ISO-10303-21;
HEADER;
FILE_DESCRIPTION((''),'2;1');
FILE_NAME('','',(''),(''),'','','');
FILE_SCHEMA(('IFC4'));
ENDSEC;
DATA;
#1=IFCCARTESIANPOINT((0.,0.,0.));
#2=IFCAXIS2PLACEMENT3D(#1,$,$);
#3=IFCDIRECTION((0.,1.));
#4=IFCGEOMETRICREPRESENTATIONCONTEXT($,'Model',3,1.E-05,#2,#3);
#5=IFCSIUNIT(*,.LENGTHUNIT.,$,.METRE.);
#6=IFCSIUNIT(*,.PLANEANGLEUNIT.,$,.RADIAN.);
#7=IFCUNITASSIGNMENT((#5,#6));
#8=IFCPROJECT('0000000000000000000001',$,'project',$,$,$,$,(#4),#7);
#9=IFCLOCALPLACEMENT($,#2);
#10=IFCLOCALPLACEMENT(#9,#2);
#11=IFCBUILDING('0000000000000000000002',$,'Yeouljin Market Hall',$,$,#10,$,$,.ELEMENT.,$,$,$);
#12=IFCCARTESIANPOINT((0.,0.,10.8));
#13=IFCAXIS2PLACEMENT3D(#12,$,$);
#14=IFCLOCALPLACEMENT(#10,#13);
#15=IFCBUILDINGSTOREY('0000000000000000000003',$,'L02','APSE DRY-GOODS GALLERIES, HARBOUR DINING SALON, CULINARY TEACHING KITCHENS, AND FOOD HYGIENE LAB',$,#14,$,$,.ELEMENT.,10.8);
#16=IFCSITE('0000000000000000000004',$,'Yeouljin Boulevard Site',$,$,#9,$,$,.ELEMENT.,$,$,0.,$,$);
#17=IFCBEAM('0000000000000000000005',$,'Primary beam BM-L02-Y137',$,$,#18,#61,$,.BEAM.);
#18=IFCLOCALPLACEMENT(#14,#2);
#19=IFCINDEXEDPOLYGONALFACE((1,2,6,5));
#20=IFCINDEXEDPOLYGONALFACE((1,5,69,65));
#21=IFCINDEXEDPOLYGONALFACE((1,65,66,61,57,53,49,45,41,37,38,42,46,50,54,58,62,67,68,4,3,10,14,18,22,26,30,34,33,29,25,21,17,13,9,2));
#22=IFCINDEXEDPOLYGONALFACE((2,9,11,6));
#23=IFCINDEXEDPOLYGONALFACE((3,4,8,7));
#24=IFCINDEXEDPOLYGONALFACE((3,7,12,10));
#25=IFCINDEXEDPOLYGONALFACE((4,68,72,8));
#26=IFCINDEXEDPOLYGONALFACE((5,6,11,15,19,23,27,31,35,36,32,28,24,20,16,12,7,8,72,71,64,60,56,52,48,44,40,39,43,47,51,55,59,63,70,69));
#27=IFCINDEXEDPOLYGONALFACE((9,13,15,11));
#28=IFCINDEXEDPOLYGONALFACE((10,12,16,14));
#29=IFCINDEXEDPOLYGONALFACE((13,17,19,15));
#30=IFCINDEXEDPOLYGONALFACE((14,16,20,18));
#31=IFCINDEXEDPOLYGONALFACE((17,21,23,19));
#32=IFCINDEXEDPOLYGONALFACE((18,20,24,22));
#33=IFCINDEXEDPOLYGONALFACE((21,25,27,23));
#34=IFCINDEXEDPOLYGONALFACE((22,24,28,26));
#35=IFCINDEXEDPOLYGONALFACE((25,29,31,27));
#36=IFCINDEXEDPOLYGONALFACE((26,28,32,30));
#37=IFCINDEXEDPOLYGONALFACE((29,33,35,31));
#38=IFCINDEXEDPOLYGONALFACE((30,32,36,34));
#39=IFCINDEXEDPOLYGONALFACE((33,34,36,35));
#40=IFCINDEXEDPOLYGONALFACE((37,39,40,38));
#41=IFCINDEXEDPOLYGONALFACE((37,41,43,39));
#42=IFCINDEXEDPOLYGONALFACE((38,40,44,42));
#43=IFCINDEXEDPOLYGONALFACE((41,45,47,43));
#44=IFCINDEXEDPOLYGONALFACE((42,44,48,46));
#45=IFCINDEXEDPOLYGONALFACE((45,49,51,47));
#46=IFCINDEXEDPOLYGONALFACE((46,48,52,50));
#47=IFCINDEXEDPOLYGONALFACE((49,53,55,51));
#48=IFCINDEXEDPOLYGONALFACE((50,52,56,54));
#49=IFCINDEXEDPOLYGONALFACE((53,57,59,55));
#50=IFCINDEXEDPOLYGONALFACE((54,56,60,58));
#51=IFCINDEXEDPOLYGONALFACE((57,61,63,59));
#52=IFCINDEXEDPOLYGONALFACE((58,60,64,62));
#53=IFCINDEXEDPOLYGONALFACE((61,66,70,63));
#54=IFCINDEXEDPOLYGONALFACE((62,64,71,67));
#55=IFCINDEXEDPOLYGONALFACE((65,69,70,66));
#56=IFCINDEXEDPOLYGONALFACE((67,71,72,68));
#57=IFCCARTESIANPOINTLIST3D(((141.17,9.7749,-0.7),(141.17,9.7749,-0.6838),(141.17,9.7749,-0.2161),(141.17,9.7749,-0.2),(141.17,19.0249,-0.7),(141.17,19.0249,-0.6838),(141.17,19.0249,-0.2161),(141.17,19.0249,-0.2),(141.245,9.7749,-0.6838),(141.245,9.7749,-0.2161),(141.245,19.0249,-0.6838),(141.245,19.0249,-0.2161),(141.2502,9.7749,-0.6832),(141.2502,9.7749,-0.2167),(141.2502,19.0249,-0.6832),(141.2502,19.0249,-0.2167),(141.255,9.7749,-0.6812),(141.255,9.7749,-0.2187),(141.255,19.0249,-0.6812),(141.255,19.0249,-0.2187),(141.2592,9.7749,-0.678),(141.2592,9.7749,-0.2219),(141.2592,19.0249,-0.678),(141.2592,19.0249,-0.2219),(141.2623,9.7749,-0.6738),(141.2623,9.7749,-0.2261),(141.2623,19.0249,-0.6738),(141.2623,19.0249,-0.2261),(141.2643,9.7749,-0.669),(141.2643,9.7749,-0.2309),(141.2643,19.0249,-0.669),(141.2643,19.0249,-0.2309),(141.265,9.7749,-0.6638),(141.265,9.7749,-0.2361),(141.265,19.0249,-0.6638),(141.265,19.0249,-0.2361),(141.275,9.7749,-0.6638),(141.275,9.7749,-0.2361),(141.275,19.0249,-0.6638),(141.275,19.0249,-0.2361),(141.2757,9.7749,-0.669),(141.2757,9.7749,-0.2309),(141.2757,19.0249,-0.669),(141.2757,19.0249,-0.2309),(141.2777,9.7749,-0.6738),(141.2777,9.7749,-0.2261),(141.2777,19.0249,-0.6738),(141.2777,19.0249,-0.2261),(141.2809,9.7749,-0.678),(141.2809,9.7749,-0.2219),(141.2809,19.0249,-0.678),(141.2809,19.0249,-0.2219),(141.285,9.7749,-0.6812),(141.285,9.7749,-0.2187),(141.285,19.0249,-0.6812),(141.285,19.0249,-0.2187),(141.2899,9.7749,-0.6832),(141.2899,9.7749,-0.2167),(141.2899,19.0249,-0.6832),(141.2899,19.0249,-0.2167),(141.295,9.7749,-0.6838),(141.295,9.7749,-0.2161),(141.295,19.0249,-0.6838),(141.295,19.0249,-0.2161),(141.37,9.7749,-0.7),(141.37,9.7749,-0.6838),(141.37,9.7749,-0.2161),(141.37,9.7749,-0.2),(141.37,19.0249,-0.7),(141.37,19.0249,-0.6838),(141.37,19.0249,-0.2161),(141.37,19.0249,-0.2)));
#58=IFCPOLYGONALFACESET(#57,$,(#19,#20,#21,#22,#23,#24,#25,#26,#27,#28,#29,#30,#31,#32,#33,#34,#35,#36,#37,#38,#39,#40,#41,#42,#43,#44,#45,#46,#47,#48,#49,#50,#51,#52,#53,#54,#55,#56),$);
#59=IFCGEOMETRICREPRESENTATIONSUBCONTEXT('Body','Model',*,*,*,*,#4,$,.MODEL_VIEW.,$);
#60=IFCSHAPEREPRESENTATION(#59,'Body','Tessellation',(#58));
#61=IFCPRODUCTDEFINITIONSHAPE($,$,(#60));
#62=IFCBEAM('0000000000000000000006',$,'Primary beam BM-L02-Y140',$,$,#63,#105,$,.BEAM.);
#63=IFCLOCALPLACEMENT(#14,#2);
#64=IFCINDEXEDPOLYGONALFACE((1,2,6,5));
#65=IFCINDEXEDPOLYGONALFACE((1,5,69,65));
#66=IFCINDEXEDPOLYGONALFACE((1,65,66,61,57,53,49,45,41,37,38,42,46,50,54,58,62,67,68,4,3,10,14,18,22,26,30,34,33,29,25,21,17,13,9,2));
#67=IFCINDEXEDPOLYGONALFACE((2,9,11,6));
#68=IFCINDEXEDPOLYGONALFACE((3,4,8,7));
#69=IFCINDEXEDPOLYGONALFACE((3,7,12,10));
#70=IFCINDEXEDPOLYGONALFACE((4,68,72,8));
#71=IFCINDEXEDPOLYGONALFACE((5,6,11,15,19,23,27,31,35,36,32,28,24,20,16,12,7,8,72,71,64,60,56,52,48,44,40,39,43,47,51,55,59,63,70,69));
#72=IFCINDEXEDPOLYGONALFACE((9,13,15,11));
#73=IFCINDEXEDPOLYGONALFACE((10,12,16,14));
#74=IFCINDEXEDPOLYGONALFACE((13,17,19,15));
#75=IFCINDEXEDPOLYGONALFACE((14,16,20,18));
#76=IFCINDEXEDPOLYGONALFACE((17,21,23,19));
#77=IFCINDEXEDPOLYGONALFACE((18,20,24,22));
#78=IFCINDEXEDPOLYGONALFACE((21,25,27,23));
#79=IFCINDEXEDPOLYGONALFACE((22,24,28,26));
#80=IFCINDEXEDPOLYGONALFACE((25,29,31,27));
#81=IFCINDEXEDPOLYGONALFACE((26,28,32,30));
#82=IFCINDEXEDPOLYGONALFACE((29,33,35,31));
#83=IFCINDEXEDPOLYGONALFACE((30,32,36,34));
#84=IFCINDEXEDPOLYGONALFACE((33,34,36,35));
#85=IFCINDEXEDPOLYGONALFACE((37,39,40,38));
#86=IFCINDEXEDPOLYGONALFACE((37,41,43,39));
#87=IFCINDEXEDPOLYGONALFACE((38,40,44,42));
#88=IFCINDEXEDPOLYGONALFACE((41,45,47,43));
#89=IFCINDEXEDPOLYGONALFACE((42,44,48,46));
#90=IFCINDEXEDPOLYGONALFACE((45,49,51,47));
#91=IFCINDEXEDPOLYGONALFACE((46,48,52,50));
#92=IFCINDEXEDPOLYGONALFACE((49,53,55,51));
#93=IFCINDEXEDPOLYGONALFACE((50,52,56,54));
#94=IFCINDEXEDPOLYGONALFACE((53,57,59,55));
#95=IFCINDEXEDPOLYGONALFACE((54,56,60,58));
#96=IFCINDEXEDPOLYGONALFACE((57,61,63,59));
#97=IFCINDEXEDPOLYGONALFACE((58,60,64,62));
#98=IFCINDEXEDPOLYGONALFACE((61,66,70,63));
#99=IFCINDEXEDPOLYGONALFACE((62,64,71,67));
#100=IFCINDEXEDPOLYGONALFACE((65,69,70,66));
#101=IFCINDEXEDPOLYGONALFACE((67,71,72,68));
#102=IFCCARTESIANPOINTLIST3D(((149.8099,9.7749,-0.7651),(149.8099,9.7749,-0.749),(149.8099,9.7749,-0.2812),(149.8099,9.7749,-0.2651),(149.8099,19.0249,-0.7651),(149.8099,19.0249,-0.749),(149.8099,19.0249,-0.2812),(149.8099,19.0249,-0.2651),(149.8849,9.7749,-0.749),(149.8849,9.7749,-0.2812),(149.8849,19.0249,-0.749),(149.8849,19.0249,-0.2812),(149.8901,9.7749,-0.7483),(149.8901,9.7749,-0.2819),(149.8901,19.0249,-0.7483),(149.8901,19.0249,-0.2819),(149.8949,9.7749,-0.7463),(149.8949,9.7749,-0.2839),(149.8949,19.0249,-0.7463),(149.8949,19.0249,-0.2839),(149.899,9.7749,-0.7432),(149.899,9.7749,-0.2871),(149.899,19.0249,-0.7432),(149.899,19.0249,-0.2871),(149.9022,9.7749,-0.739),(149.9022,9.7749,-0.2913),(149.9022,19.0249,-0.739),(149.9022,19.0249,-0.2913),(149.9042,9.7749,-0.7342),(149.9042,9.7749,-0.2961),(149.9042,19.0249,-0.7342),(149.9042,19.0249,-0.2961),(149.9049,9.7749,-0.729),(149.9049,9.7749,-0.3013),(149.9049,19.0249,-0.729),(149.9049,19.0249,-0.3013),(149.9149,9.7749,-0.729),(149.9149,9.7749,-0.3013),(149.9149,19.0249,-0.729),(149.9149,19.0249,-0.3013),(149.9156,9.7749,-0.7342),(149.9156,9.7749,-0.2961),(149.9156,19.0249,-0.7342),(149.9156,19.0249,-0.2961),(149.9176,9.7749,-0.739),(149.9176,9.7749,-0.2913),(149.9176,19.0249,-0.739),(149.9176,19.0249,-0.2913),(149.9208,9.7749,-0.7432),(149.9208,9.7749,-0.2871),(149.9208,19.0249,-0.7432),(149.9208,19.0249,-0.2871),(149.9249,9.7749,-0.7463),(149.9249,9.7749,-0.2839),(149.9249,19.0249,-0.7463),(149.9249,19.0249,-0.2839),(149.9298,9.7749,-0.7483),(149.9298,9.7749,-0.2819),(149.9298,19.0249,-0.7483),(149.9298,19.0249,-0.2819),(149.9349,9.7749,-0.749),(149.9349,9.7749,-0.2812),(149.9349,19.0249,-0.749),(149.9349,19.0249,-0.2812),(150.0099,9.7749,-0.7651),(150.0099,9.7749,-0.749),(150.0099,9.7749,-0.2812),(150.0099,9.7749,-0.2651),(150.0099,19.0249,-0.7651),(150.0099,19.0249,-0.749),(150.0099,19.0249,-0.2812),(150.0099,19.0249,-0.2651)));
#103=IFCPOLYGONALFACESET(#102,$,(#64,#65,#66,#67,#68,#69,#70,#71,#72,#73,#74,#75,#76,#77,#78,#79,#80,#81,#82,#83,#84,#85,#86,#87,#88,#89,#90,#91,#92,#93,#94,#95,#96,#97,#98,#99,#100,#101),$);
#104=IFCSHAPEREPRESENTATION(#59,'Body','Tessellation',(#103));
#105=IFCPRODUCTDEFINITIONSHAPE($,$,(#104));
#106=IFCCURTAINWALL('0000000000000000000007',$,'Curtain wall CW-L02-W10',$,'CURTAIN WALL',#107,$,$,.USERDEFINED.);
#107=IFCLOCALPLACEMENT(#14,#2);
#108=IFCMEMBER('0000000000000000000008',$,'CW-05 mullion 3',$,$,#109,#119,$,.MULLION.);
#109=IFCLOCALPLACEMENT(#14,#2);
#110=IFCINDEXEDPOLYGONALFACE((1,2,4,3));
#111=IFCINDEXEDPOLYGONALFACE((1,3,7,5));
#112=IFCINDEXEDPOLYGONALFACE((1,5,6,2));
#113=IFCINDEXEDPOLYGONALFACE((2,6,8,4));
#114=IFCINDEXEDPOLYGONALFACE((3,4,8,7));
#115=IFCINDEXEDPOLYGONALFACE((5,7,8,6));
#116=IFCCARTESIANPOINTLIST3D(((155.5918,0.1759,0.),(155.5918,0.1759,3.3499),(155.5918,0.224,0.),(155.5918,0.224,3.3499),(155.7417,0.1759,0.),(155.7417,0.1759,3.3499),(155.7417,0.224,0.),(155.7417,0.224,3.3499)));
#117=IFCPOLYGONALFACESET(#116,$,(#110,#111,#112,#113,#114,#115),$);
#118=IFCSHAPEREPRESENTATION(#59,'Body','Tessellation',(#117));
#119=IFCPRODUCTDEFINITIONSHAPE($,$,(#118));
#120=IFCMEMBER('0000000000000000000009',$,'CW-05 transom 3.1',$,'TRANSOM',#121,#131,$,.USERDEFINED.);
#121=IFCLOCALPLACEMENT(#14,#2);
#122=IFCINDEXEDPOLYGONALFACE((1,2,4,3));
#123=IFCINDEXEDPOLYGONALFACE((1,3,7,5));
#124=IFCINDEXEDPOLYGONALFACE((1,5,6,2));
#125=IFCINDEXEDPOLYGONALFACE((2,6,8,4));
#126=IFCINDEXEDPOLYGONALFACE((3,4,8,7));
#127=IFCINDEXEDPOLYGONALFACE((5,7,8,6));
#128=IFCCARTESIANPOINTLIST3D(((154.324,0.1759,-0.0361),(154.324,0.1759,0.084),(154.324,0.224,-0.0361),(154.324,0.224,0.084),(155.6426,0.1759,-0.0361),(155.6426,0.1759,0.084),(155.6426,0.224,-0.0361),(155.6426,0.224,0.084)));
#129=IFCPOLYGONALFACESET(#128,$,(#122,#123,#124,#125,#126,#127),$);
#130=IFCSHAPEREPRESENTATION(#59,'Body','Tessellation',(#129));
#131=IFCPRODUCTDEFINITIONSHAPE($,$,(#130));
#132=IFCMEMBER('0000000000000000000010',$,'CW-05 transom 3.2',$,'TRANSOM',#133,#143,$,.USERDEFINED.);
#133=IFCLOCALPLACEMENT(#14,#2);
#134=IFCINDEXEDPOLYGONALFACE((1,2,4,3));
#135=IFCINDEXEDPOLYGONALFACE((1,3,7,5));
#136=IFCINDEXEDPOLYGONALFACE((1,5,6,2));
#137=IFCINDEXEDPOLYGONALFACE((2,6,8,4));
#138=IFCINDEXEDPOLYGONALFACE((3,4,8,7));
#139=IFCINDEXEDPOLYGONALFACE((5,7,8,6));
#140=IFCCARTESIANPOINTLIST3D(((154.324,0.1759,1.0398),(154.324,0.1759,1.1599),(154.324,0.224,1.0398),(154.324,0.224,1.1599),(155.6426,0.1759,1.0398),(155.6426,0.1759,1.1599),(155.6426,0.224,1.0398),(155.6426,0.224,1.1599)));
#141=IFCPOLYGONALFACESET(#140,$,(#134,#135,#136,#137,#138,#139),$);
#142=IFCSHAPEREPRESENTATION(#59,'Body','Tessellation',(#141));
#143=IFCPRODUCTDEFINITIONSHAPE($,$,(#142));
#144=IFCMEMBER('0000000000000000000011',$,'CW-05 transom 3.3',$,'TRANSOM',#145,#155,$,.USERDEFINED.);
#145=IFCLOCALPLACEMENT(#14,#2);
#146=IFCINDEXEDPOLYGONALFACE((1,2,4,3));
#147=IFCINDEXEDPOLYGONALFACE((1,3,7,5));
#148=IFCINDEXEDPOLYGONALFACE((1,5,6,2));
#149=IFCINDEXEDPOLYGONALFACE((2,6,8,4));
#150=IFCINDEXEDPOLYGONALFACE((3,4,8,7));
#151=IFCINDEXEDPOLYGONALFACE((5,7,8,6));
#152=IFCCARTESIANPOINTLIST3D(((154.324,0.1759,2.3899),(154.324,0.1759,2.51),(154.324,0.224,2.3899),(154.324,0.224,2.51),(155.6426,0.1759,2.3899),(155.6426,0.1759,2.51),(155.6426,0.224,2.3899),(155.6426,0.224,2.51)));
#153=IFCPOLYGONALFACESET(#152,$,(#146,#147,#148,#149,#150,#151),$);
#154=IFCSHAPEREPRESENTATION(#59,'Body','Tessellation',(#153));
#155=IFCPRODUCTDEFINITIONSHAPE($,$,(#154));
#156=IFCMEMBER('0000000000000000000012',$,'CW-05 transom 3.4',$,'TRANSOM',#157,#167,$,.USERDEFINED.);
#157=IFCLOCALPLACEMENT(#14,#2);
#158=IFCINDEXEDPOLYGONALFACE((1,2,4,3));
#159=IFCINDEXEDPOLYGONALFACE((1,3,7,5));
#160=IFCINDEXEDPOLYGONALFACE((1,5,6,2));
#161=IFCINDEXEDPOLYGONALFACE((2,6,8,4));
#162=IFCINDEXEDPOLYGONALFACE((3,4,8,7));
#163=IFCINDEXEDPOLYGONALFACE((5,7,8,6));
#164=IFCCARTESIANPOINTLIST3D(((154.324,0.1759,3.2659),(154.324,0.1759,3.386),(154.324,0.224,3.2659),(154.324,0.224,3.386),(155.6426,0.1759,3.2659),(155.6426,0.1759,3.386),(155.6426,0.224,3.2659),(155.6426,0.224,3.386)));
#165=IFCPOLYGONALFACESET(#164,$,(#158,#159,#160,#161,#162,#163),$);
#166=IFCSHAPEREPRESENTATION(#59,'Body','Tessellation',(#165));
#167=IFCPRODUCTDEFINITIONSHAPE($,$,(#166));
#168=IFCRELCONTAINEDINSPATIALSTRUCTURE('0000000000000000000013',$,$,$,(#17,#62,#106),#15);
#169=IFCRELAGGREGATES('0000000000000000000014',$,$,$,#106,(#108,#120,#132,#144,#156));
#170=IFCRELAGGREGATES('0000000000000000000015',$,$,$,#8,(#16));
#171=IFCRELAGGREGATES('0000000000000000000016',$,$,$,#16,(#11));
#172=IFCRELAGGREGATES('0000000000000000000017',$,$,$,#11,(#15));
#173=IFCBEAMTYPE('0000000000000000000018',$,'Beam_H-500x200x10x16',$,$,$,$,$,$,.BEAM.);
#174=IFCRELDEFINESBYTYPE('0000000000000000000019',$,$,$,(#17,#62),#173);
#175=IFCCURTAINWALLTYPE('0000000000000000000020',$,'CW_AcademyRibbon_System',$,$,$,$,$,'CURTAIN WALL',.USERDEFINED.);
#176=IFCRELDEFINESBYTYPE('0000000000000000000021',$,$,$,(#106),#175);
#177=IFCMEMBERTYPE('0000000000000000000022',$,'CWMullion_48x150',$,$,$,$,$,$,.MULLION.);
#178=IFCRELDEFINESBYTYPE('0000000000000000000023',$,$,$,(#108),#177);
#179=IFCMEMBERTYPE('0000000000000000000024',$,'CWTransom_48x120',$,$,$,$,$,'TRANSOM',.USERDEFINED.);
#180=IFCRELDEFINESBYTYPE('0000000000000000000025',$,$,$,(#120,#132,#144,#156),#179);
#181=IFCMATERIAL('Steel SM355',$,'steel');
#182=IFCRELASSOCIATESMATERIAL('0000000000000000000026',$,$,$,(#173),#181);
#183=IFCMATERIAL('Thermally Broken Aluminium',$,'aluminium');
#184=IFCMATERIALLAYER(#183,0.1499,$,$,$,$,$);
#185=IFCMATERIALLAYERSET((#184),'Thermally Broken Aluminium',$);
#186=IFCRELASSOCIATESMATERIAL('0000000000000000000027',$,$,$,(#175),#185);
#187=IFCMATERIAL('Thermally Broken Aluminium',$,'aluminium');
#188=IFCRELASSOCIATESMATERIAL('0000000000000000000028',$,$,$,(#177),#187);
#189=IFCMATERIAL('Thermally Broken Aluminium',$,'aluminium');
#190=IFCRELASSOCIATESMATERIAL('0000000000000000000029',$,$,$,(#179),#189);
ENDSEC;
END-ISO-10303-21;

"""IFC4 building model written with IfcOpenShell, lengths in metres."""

from ifc_helpers import new_model, si_unit, direction, frame, origin, origin_2d, place, context, subcontext, project, spatial, rectangle, i_section, extrude, material, layer, layer_set, material_profile, profile_set, type_object, element, aggregate, save


model = new_model("IFC4")

# Units and contexts
model_context = context("Model", 3, precision=1e-05, world=origin(), true_north=direction((0.0, 1.0)))
body_context = subcontext(model_context, "Body", "Model", "MODEL_VIEW")
ifc_project = project(units=[si_unit("LENGTHUNIT", "METRE"), si_unit("PLANEANGLEUNIT", "RADIAN")], contexts=[model_context])

# Site, building, storey
site_placement = place(None, origin())
site = spatial("IfcSite", under=ifc_project, at=site_placement, Name="Yeouljin Boulevard Site", CompositionType="ELEMENT", RefElevation=0.0)
building_placement = place(site_placement, origin())
building = spatial("IfcBuilding", under=site, at=building_placement, Name="Yeouljin Market Hall", CompositionType="ELEMENT")
storey_placement = place(building_placement, frame((0.0, 0.0, 10.8)))
storey = spatial("IfcBuildingStorey", under=building, at=storey_placement, Name="L02", Description="APSE DRY-GOODS GALLERIES, HARBOUR DINING SALON, CULINARY TEACHING KITCHENS, AND FOOD HYGIENE LAB", CompositionType="ELEMENT", Elevation=10.8)

# Beams
ifc_material_1 = material(Name="Steel SM355", Category="steel")
ifc_material_profile_1 = material_profile(ifc_material_1, i_section(OverallWidth=0.2, OverallDepth=0.5, WebThickness=0.01, FlangeThickness=0.0161, FilletRadius=0.02, at=origin_2d()), Name="H-500x200x10x16")
ifc_profile_set_1 = profile_set([ifc_material_profile_1], Name="Steel SM355")
beam_type_1 = type_object("IfcBeamType", Name="Beam_H-500x200x10x16", PredefinedType="BEAM", material=ifc_profile_set_1)
for number, where, z_axis, x_axis, name in (
    (1, (141.27, 9.7749, -0.45), (0.0, 1.0, 0.0), (-1.0, 0.0, 0.0), "Primary beam BM-L02-Y137"),
    (2, (149.9099, 9.7749, -0.5151), (0.0, 1.0, 0.0), (-1.0, 0.0, 0.0), "Primary beam BM-L02-Y140"),
):
    element("IfcBeam", number, at=place(storey_placement, frame(where, z_axis=z_axis, x_axis=x_axis)), inside=storey, type_object=beam_type_1, Name=name, PredefinedType="BEAM", context=body_context, shape_type="SweptSolid", body=[
        extrude(i_section(OverallWidth=0.2, OverallDepth=0.5, WebThickness=0.01, FlangeThickness=0.0161, FilletRadius=0.02, at=origin_2d()), origin(), (0.0, 0.0, 1.0), 9.25),
    ])

# Curtain wall, members
ifc_material_2 = material(Name="Thermally Broken Aluminium", Category="aluminium")
ifc_layer_1 = layer(ifc_material_2, 0.1499)
ifc_layer_set_1 = layer_set([ifc_layer_1], Name="Thermally Broken Aluminium")
curtain_wall_type = type_object("IfcCurtainWallType", Name="CW_AcademyRibbon_System", ElementType="CURTAIN WALL", PredefinedType="USERDEFINED", material=ifc_layer_set_1)
curtain_wall_placement = place(storey_placement, origin())
curtain_wall = element("IfcCurtainWall", 3, at=curtain_wall_placement, inside=storey, type_object=curtain_wall_type, Name="Curtain wall CW-L02-W10", ObjectType="CURTAIN WALL", PredefinedType="USERDEFINED")
ifc_material_3 = material(Name="Thermally Broken Aluminium", Category="aluminium")
ifc_material_profile_2 = material_profile(ifc_material_3, rectangle(XDim=0.0481, YDim=0.1499, at=origin_2d()), Name="CW-MULL-48x150")
ifc_profile_set_2 = profile_set([ifc_material_profile_2], Name="Thermally Broken Aluminium")
member_type_1 = type_object("IfcMemberType", Name="CWMullion_48x150", PredefinedType="MULLION", material=ifc_profile_set_2)
member_1_placement = place(storey_placement, frame((155.6667, 0.2, 0.0), z_axis=(0.0, 0.0, 1.0), x_axis=(0.0, -1.0, 0.0)))
member_1 = element("IfcMember", 4, at=member_1_placement, type_object=member_type_1, Name="CW-05 mullion 3", PredefinedType="MULLION", context=body_context, shape_type="SweptSolid", body=[
    extrude(rectangle(XDim=0.0481, YDim=0.1499, at=origin_2d()), origin(), (0.0, 0.0, 1.0), 3.3499),
])
ifc_material_4 = material(Name="Thermally Broken Aluminium", Category="aluminium")
ifc_material_profile_3 = material_profile(ifc_material_4, rectangle(XDim=0.0481, YDim=0.1201, at=origin_2d()), Name="CW-TRAN-48x120")
ifc_profile_set_3 = profile_set([ifc_material_profile_3], Name="Thermally Broken Aluminium")
member_type_2 = type_object("IfcMemberType", Name="CWTransom_48x120", ElementType="TRANSOM", PredefinedType="USERDEFINED", material=ifc_profile_set_3)
member_2_placement = place(storey_placement, frame((155.6426, 0.2, 0.0239), z_axis=(-1.0, 0.0, 0.0), x_axis=(0.0, -1.0, 0.0)))
member_2 = element("IfcMember", 5, at=member_2_placement, type_object=member_type_2, Name="CW-05 transom 3.1", ObjectType="TRANSOM", PredefinedType="USERDEFINED", context=body_context, shape_type="SweptSolid", body=[
    extrude(rectangle(XDim=0.0481, YDim=0.1201, at=origin_2d()), origin(), (0.0, 0.0, 1.0), 1.3186),
])
member_3_placement = place(storey_placement, frame((155.6426, 0.2, 1.0999), z_axis=(-1.0, 0.0, 0.0), x_axis=(0.0, -1.0, 0.0)))
member_3 = element("IfcMember", 6, at=member_3_placement, type_object=member_type_2, Name="CW-05 transom 3.2", ObjectType="TRANSOM", PredefinedType="USERDEFINED", context=body_context, shape_type="SweptSolid", body=[
    extrude(rectangle(XDim=0.0481, YDim=0.1201, at=origin_2d()), origin(), (0.0, 0.0, 1.0), 1.3186),
])
member_4_placement = place(storey_placement, frame((155.6426, 0.2, 2.45), z_axis=(-1.0, 0.0, 0.0), x_axis=(0.0, -1.0, 0.0)))
member_4 = element("IfcMember", 7, at=member_4_placement, type_object=member_type_2, Name="CW-05 transom 3.3", ObjectType="TRANSOM", PredefinedType="USERDEFINED", context=body_context, shape_type="SweptSolid", body=[
    extrude(rectangle(XDim=0.0481, YDim=0.1201, at=origin_2d()), origin(), (0.0, 0.0, 1.0), 1.3186),
])
member_5_placement = place(storey_placement, frame((155.6426, 0.2, 3.3259), z_axis=(-1.0, 0.0, 0.0), x_axis=(0.0, -1.0, 0.0)))
member_5 = element("IfcMember", 8, at=member_5_placement, type_object=member_type_2, Name="CW-05 transom 3.4", ObjectType="TRANSOM", PredefinedType="USERDEFINED", context=body_context, shape_type="SweptSolid", body=[
    extrude(rectangle(XDim=0.0481, YDim=0.1201, at=origin_2d()), origin(), (0.0, 0.0, 1.0), 1.3186),
])

aggregate(curtain_wall, [member_1, member_2, member_3, member_4, member_5])

save(model, "model.ifc")
